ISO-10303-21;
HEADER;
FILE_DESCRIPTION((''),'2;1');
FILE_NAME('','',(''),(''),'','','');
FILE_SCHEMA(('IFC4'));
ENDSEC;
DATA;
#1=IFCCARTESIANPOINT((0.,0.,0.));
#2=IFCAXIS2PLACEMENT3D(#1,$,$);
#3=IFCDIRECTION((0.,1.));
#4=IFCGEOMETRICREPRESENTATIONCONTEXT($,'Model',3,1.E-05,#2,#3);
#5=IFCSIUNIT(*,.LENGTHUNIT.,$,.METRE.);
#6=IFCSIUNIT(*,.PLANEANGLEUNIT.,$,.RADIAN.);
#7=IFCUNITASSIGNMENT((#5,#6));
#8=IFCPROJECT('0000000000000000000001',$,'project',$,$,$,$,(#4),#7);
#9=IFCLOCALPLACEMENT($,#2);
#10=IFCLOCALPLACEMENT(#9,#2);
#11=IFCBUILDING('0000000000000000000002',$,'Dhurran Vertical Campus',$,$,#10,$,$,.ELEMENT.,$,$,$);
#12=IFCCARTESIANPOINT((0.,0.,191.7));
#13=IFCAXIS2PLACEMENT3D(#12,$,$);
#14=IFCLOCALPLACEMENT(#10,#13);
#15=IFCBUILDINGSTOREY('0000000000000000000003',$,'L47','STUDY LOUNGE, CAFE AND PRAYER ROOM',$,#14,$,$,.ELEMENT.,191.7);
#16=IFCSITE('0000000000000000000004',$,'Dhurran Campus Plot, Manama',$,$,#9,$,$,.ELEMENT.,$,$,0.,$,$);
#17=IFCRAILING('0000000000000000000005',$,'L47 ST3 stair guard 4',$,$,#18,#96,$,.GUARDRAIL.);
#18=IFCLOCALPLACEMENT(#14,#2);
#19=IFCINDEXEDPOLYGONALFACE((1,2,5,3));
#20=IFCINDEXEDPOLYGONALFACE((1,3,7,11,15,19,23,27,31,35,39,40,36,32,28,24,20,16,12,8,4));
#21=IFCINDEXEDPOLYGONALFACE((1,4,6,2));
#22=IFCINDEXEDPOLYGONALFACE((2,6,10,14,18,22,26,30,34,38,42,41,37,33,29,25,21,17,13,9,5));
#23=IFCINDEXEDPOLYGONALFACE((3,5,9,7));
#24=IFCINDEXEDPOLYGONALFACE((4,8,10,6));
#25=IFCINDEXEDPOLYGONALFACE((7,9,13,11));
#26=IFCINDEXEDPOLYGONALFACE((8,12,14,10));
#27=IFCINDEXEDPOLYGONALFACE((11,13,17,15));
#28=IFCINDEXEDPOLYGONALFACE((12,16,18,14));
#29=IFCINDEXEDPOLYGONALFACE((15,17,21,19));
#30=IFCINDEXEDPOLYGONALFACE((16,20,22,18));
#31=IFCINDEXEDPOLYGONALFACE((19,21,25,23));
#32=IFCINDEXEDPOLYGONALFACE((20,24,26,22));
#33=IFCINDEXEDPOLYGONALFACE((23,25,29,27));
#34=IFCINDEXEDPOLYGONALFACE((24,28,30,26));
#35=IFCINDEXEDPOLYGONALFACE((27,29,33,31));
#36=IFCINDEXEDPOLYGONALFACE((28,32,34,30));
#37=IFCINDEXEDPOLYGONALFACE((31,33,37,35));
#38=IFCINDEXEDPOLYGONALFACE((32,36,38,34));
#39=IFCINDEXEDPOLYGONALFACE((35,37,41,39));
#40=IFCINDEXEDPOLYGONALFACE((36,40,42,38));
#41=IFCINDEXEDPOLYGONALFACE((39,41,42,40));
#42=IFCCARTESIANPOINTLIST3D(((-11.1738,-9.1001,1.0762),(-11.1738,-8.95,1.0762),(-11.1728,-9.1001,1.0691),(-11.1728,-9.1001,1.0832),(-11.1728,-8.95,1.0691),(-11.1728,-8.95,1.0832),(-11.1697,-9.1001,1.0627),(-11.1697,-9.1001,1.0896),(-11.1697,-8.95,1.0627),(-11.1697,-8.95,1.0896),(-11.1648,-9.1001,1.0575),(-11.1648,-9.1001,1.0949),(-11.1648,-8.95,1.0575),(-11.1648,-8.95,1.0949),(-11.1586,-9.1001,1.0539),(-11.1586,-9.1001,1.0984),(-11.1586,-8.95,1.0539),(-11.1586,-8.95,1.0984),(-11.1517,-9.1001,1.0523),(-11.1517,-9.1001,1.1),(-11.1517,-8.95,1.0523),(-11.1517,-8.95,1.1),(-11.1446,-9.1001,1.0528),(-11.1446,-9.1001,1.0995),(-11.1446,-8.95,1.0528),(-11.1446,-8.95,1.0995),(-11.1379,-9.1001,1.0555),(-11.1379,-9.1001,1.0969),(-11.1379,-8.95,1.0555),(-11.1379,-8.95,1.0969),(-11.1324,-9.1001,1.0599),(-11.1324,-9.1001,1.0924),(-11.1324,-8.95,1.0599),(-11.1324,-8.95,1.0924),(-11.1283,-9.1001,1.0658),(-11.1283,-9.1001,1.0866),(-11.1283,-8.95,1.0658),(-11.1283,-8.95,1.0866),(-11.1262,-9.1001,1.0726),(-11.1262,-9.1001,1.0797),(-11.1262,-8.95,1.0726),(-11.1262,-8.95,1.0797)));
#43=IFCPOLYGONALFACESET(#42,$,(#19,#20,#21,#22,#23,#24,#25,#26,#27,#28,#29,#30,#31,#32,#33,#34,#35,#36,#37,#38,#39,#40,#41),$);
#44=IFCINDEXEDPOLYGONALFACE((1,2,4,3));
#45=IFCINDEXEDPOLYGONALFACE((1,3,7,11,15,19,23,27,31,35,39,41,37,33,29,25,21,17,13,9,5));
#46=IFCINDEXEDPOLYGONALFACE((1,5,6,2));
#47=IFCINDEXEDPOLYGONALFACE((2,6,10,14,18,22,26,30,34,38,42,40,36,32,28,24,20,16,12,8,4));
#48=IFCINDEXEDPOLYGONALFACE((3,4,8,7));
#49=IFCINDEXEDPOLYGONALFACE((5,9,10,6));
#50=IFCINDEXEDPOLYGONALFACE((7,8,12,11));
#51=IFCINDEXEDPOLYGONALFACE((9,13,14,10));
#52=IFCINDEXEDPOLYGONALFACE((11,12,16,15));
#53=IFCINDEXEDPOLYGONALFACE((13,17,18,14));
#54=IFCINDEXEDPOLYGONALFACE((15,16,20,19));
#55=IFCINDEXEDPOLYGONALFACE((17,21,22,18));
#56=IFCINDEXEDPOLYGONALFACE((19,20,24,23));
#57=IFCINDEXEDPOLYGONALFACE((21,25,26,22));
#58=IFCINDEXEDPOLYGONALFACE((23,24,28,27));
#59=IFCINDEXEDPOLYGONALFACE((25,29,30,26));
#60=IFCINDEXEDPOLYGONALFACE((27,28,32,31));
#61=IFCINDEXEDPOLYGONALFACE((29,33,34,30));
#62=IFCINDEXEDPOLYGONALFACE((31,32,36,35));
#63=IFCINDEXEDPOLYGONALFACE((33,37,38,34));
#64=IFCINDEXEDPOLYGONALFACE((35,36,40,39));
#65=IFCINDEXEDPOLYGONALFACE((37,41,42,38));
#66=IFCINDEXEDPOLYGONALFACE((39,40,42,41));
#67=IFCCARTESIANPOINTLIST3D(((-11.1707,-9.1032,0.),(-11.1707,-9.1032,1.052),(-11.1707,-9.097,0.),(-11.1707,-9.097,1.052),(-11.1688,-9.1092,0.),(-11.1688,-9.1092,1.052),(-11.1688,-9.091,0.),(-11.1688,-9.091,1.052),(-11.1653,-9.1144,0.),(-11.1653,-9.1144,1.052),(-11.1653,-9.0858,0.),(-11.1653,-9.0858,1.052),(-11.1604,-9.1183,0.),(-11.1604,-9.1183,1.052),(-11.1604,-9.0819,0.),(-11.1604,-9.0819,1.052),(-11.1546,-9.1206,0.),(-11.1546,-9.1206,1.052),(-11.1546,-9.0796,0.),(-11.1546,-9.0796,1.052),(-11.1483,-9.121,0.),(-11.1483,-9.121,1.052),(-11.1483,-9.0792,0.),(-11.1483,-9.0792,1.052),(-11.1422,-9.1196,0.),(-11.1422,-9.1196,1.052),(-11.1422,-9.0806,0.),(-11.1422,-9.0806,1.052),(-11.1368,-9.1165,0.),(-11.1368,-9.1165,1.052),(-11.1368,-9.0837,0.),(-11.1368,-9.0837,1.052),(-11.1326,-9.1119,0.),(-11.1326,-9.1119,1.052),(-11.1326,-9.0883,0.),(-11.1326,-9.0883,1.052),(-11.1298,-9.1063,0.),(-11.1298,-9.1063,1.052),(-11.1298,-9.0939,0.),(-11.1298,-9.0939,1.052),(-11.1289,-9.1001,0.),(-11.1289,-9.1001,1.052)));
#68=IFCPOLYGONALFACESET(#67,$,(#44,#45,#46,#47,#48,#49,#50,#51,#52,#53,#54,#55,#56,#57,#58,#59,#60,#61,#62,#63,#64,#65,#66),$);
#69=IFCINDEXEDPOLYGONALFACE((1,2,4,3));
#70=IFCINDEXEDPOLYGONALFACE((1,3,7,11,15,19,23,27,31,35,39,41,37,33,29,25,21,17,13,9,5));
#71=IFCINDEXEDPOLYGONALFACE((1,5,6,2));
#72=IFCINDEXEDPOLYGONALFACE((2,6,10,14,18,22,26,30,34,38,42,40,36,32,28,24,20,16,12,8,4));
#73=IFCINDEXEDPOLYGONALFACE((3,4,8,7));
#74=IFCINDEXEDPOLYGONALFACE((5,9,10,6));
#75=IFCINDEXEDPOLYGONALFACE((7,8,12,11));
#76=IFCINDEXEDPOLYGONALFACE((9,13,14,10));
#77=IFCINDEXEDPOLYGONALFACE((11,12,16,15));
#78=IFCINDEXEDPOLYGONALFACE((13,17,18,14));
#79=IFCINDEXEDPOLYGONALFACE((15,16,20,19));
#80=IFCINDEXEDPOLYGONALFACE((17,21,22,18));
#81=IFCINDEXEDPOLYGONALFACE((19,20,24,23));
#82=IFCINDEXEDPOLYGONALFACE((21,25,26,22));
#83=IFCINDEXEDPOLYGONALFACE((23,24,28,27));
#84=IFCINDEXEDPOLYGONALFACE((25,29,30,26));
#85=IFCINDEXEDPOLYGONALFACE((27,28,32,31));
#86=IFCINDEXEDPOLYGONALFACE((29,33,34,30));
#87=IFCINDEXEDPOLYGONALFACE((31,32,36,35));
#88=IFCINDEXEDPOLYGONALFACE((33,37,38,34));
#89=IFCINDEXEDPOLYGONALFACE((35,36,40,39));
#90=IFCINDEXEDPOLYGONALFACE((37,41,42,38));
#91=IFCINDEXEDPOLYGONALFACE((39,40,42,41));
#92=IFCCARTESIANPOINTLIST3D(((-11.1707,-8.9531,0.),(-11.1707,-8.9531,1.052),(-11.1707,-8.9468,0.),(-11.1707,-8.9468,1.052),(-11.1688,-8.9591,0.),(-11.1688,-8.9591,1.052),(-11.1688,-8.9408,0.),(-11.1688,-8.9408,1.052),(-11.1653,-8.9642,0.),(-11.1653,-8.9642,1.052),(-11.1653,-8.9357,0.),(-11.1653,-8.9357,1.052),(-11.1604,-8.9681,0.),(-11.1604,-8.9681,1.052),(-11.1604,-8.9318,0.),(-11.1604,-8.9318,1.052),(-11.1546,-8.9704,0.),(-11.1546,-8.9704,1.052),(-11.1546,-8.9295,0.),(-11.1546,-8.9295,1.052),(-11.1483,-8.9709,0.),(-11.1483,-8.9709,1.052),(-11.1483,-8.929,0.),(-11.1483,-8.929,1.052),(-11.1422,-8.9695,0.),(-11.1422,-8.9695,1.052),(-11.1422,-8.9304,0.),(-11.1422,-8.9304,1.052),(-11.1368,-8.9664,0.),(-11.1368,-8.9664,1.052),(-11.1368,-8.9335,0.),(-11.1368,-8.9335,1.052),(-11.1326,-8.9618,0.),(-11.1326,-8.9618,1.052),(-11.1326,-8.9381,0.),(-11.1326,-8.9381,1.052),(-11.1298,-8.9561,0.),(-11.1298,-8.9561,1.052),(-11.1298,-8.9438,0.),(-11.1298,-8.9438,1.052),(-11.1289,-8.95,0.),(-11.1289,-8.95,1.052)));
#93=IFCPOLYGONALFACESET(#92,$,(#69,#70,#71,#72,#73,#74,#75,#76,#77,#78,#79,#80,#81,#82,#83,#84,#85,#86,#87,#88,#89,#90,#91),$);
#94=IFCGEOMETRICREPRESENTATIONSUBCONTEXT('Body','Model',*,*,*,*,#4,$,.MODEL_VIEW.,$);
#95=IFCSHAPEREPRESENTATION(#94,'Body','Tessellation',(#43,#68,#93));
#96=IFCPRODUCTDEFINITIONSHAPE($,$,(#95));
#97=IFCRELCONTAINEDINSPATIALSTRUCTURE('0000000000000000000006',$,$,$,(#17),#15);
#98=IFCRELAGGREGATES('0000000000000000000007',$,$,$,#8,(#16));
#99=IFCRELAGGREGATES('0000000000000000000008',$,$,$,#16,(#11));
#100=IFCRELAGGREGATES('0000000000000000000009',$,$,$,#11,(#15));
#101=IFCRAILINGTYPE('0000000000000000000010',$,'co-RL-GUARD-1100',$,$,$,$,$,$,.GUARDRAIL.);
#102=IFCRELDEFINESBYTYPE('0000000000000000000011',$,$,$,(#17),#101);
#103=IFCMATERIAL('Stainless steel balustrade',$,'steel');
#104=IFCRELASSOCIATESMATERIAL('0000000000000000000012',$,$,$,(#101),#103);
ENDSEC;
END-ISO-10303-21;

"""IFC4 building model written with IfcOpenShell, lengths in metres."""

from ifc_helpers import new_model, si_unit, direction, frame, origin, origin_2d, place, context, subcontext, project, spatial, circle, extrude, material, type_object, element, save


model = new_model("IFC4")

# Units and contexts
model_context = context("Model", 3, precision=1e-05, world=origin(), true_north=direction((0.0, 1.0)))
body_context = subcontext(model_context, "Body", "Model", "MODEL_VIEW")
ifc_project = project(units=[si_unit("LENGTHUNIT", "METRE"), si_unit("PLANEANGLEUNIT", "RADIAN")], contexts=[model_context])

# Site, building, storey
site_placement = place(None, origin())
site = spatial("IfcSite", under=ifc_project, at=site_placement, Name="Dhurran Campus Plot, Manama", CompositionType="ELEMENT", RefElevation=0.0)
building_placement = place(site_placement, origin())
building = spatial("IfcBuilding", under=site, at=building_placement, Name="Dhurran Vertical Campus", CompositionType="ELEMENT")
storey_placement = place(building_placement, frame((0.0, 0.0, 191.7)))
storey = spatial("IfcBuildingStorey", under=building, at=storey_placement, Name="L47", Description="STUDY LOUNGE, CAFE AND PRAYER ROOM", CompositionType="ELEMENT", Elevation=191.7)

# Railing
ifc_material_1 = material(Name="Stainless steel balustrade", Category="steel")
railing_type_1 = type_object("IfcRailingType", Name="co-RL-GUARD-1100", PredefinedType="GUARDRAIL", material=ifc_material_1)
railing_1_placement = place(storey_placement, frame((-11.1499, -9.1001, 0.0)))
element("IfcRailing", 1, at=railing_1_placement, inside=storey, type_object=railing_type_1, Name="L47 ST3 stair guard 4", PredefinedType="GUARDRAIL", context=body_context, shape_type="SweptSolid", body=[
    extrude(circle(Radius=0.0239, at=origin_2d()), frame((0.0, 0.0, 1.0762), z_axis=(0.0, 1.0, 0.0), x_axis=(-1.0, 0.0, 0.0)), (0.0, 0.0, 1.0), 0.1501),
    extrude(circle(Radius=0.021, at=origin_2d()), origin(), (0.0, 0.0, 1.0), 1.052),
    extrude(circle(Radius=0.021, at=origin_2d()), frame((0.0, 0.1501, 0.0)), (0.0, 0.0, 1.0), 1.052),
])

save(model, "model.ifc")
